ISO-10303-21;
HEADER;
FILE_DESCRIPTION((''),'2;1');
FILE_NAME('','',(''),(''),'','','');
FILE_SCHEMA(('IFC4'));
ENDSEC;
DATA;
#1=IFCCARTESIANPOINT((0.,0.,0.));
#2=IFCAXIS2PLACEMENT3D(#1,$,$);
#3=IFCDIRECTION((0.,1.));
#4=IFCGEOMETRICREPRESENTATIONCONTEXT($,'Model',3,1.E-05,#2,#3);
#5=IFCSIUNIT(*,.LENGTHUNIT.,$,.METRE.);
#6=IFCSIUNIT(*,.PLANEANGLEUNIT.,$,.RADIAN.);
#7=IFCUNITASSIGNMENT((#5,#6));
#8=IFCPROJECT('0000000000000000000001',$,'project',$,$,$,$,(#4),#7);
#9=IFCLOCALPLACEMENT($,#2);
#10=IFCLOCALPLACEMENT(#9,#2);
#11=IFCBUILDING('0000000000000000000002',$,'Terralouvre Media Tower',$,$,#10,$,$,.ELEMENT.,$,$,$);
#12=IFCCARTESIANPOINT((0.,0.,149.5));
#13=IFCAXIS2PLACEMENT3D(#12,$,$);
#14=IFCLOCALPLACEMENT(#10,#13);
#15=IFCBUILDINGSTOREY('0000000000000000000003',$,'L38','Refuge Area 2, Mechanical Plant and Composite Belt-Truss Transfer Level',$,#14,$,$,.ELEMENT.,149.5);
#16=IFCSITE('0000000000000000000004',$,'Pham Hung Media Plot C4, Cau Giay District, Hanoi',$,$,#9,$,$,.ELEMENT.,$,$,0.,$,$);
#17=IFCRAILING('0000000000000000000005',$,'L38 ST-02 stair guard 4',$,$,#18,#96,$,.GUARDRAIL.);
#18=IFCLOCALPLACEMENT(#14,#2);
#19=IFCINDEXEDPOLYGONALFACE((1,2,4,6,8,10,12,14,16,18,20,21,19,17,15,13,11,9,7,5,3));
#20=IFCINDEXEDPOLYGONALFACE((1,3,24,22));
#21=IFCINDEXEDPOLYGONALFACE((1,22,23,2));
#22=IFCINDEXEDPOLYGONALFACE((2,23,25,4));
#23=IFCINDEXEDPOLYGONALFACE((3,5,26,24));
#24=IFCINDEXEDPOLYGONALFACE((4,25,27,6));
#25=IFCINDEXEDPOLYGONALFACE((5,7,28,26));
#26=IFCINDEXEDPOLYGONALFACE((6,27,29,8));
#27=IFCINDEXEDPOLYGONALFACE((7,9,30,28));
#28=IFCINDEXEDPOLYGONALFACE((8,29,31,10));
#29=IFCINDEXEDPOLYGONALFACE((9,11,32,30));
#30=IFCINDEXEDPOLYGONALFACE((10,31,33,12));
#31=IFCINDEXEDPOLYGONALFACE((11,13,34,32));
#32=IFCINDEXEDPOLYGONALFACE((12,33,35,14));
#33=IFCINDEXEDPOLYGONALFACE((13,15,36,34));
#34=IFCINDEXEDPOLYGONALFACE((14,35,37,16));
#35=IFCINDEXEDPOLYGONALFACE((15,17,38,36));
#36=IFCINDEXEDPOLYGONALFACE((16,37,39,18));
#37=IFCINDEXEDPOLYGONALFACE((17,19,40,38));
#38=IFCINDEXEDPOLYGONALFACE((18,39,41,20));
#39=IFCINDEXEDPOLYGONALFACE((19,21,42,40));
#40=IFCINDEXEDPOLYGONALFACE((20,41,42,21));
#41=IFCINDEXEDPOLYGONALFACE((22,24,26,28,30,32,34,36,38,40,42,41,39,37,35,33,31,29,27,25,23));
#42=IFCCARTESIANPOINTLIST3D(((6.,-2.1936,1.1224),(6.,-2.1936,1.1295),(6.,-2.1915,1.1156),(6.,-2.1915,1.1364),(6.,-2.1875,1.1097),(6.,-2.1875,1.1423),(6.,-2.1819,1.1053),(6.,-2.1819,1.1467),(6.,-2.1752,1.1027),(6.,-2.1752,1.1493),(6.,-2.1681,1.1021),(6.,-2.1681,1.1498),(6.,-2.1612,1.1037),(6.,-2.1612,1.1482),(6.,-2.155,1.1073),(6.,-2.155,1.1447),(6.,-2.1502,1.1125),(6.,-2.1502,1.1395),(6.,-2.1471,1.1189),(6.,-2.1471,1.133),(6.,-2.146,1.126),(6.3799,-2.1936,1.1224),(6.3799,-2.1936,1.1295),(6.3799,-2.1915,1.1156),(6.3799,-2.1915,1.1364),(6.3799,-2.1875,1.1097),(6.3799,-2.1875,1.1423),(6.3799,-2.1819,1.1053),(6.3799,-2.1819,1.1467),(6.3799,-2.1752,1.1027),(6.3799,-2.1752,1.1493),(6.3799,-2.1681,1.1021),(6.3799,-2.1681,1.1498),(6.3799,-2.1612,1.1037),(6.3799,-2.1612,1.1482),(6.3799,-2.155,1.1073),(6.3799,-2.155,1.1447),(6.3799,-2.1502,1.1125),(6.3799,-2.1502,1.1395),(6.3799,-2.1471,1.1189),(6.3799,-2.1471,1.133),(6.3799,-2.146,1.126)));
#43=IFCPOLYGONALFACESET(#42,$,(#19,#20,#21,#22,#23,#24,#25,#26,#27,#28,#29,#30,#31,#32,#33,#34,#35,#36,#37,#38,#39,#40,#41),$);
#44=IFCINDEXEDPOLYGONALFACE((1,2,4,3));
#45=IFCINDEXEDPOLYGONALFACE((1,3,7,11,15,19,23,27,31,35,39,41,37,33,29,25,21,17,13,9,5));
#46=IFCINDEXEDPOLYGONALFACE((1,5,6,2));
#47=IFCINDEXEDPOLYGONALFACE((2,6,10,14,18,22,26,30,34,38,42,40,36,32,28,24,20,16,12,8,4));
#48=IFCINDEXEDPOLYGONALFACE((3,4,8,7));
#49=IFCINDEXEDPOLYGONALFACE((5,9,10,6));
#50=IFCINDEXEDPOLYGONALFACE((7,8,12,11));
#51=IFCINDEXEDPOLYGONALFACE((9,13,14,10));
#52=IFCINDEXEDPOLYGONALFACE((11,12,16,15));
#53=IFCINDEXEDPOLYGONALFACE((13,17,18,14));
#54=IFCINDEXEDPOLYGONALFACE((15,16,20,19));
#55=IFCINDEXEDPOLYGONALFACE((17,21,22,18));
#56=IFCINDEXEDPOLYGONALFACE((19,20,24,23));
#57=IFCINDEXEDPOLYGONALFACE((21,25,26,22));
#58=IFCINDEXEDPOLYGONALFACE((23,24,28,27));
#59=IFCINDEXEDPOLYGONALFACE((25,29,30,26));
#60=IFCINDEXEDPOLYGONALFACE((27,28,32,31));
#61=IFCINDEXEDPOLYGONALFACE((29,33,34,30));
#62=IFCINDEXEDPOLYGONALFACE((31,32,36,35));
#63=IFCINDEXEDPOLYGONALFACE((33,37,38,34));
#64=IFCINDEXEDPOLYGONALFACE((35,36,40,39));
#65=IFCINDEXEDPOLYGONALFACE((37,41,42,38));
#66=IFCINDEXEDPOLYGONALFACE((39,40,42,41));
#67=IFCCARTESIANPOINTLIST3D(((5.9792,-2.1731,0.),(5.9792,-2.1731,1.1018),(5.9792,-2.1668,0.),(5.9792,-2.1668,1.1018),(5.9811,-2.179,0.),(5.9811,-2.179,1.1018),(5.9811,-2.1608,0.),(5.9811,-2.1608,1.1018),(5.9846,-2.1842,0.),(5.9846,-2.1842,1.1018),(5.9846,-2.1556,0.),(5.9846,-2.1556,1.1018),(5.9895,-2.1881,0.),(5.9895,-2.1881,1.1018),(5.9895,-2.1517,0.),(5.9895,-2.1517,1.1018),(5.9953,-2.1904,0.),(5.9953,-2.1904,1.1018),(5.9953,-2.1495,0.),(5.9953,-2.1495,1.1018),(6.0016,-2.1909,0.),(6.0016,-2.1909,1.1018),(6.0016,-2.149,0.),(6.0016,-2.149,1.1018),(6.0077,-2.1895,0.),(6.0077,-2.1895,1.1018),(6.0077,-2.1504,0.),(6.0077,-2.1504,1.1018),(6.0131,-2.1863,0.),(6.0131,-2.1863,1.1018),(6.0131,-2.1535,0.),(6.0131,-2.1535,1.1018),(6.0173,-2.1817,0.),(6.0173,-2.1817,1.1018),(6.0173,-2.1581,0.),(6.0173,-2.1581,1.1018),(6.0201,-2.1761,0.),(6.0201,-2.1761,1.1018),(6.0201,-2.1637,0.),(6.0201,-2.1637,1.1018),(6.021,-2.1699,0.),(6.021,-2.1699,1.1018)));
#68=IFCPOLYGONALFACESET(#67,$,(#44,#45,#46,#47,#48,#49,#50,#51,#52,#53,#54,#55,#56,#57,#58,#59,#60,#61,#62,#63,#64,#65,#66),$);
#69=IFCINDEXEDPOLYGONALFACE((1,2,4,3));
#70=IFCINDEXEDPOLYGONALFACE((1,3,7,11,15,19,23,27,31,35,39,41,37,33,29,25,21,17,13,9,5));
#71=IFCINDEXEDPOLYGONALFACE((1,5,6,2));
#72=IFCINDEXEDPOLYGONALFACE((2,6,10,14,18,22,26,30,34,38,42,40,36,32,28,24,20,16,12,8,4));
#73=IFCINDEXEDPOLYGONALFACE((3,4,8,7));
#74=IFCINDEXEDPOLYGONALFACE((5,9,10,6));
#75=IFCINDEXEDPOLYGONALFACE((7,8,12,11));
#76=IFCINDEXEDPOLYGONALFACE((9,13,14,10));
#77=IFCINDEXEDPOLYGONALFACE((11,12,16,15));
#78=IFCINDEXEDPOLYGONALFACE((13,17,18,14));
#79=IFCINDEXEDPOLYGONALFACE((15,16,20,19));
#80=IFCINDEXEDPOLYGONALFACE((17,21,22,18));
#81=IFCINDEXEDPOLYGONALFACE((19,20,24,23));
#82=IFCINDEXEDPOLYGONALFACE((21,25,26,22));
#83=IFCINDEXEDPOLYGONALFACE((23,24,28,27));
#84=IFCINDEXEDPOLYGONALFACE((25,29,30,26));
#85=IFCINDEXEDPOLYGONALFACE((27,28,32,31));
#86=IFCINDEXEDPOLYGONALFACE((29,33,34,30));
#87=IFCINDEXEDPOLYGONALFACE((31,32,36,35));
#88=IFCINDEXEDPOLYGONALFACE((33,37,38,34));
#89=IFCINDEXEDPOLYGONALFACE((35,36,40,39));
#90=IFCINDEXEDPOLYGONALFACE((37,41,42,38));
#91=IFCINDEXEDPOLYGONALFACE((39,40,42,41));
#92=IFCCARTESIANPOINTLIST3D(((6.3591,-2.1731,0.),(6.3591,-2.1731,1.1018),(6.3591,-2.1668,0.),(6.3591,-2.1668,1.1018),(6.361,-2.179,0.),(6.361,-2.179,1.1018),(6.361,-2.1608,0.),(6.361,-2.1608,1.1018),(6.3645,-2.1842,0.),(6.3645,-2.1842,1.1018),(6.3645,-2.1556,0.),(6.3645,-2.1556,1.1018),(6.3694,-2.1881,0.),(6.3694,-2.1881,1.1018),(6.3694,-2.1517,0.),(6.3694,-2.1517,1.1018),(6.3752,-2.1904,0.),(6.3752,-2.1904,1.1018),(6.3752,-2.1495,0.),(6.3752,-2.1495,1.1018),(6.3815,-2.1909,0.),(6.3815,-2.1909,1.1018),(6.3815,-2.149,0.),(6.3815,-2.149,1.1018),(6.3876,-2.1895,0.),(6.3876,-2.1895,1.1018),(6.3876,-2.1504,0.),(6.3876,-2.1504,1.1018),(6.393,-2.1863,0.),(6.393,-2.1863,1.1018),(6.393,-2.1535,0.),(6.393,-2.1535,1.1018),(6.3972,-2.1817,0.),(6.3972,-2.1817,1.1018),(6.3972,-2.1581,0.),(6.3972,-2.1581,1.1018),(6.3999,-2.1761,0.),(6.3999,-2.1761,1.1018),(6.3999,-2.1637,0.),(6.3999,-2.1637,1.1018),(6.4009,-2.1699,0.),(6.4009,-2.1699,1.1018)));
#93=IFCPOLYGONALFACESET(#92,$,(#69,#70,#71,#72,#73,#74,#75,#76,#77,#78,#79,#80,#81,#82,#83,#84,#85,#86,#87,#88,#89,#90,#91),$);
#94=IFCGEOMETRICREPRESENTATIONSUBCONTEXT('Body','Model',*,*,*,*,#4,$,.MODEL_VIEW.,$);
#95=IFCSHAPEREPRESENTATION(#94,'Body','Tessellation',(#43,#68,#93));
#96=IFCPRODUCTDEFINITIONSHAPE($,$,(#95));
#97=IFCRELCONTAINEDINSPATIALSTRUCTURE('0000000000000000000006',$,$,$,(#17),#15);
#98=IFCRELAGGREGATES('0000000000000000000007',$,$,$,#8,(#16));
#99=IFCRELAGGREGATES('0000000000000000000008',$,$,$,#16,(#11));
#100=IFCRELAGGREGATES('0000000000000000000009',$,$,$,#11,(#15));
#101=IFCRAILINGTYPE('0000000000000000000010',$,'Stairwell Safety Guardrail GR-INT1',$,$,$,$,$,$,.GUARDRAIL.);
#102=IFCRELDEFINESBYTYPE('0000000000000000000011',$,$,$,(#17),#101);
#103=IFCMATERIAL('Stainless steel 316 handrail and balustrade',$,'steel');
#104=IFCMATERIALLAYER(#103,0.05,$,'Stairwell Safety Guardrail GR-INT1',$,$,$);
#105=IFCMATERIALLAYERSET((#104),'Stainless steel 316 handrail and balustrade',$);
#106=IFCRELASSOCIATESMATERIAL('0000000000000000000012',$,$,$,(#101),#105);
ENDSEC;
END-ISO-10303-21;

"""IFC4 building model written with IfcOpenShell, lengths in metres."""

from ifc_helpers import new_model, si_unit, direction, frame, origin, origin_2d, place, context, subcontext, project, spatial, circle, extrude, material, layer, layer_set, type_object, element, save


model = new_model("IFC4")

# Units and contexts
model_context = context("Model", 3, precision=1e-05, world=origin(), true_north=direction((0.0, 1.0)))
body_context = subcontext(model_context, "Body", "Model", "MODEL_VIEW")
ifc_project = project(units=[si_unit("LENGTHUNIT", "METRE"), si_unit("PLANEANGLEUNIT", "RADIAN")], contexts=[model_context])

# Site, building, storey
site_placement = place(None, origin())
site = spatial("IfcSite", under=ifc_project, at=site_placement, Name="Pham Hung Media Plot C4, Cau Giay District, Hanoi", CompositionType="ELEMENT", RefElevation=0.0)
building_placement = place(site_placement, origin())
building = spatial("IfcBuilding", under=site, at=building_placement, Name="Terralouvre Media Tower", CompositionType="ELEMENT")
storey_placement = place(building_placement, frame((0.0, 0.0, 149.5)))
storey = spatial("IfcBuildingStorey", under=building, at=storey_placement, Name="L38", Description="Refuge Area 2, Mechanical Plant and Composite Belt-Truss Transfer Level", CompositionType="ELEMENT", Elevation=149.5)

# Railing
ifc_material_1 = material(Name="Stainless steel 316 handrail and balustrade", Category="steel")
ifc_layer_1 = layer(ifc_material_1, 0.05, Name="Stairwell Safety Guardrail GR-INT1")
ifc_layer_set_1 = layer_set([ifc_layer_1], Name="Stainless steel 316 handrail and balustrade")
railing_type_1 = type_object("IfcRailingType", Name="Stairwell Safety Guardrail GR-INT1", PredefinedType="GUARDRAIL", material=ifc_layer_set_1)
railing_1_placement = place(storey_placement, frame((6.0, -2.1699, 0.0)))
element("IfcRailing", 1, at=railing_1_placement, inside=storey, type_object=railing_type_1, Name="L38 ST-02 stair guard 4", PredefinedType="GUARDRAIL", context=body_context, shape_type="SweptSolid", body=[
    extrude(circle(Radius=0.0239, at=origin_2d()), frame((0.0, 0.0, 1.126), z_axis=(1.0, 0.0, 0.0), x_axis=(0.0, 1.0, 0.0)), (0.0, 0.0, 1.0), 0.3799),
    extrude(circle(Radius=0.021, at=origin_2d()), origin(), (0.0, 0.0, 1.0), 1.1018),
    extrude(circle(Radius=0.021, at=origin_2d()), frame((0.3799, 0.0, 0.0)), (0.0, 0.0, 1.0), 1.1018),
])

save(model, "model.ifc")
